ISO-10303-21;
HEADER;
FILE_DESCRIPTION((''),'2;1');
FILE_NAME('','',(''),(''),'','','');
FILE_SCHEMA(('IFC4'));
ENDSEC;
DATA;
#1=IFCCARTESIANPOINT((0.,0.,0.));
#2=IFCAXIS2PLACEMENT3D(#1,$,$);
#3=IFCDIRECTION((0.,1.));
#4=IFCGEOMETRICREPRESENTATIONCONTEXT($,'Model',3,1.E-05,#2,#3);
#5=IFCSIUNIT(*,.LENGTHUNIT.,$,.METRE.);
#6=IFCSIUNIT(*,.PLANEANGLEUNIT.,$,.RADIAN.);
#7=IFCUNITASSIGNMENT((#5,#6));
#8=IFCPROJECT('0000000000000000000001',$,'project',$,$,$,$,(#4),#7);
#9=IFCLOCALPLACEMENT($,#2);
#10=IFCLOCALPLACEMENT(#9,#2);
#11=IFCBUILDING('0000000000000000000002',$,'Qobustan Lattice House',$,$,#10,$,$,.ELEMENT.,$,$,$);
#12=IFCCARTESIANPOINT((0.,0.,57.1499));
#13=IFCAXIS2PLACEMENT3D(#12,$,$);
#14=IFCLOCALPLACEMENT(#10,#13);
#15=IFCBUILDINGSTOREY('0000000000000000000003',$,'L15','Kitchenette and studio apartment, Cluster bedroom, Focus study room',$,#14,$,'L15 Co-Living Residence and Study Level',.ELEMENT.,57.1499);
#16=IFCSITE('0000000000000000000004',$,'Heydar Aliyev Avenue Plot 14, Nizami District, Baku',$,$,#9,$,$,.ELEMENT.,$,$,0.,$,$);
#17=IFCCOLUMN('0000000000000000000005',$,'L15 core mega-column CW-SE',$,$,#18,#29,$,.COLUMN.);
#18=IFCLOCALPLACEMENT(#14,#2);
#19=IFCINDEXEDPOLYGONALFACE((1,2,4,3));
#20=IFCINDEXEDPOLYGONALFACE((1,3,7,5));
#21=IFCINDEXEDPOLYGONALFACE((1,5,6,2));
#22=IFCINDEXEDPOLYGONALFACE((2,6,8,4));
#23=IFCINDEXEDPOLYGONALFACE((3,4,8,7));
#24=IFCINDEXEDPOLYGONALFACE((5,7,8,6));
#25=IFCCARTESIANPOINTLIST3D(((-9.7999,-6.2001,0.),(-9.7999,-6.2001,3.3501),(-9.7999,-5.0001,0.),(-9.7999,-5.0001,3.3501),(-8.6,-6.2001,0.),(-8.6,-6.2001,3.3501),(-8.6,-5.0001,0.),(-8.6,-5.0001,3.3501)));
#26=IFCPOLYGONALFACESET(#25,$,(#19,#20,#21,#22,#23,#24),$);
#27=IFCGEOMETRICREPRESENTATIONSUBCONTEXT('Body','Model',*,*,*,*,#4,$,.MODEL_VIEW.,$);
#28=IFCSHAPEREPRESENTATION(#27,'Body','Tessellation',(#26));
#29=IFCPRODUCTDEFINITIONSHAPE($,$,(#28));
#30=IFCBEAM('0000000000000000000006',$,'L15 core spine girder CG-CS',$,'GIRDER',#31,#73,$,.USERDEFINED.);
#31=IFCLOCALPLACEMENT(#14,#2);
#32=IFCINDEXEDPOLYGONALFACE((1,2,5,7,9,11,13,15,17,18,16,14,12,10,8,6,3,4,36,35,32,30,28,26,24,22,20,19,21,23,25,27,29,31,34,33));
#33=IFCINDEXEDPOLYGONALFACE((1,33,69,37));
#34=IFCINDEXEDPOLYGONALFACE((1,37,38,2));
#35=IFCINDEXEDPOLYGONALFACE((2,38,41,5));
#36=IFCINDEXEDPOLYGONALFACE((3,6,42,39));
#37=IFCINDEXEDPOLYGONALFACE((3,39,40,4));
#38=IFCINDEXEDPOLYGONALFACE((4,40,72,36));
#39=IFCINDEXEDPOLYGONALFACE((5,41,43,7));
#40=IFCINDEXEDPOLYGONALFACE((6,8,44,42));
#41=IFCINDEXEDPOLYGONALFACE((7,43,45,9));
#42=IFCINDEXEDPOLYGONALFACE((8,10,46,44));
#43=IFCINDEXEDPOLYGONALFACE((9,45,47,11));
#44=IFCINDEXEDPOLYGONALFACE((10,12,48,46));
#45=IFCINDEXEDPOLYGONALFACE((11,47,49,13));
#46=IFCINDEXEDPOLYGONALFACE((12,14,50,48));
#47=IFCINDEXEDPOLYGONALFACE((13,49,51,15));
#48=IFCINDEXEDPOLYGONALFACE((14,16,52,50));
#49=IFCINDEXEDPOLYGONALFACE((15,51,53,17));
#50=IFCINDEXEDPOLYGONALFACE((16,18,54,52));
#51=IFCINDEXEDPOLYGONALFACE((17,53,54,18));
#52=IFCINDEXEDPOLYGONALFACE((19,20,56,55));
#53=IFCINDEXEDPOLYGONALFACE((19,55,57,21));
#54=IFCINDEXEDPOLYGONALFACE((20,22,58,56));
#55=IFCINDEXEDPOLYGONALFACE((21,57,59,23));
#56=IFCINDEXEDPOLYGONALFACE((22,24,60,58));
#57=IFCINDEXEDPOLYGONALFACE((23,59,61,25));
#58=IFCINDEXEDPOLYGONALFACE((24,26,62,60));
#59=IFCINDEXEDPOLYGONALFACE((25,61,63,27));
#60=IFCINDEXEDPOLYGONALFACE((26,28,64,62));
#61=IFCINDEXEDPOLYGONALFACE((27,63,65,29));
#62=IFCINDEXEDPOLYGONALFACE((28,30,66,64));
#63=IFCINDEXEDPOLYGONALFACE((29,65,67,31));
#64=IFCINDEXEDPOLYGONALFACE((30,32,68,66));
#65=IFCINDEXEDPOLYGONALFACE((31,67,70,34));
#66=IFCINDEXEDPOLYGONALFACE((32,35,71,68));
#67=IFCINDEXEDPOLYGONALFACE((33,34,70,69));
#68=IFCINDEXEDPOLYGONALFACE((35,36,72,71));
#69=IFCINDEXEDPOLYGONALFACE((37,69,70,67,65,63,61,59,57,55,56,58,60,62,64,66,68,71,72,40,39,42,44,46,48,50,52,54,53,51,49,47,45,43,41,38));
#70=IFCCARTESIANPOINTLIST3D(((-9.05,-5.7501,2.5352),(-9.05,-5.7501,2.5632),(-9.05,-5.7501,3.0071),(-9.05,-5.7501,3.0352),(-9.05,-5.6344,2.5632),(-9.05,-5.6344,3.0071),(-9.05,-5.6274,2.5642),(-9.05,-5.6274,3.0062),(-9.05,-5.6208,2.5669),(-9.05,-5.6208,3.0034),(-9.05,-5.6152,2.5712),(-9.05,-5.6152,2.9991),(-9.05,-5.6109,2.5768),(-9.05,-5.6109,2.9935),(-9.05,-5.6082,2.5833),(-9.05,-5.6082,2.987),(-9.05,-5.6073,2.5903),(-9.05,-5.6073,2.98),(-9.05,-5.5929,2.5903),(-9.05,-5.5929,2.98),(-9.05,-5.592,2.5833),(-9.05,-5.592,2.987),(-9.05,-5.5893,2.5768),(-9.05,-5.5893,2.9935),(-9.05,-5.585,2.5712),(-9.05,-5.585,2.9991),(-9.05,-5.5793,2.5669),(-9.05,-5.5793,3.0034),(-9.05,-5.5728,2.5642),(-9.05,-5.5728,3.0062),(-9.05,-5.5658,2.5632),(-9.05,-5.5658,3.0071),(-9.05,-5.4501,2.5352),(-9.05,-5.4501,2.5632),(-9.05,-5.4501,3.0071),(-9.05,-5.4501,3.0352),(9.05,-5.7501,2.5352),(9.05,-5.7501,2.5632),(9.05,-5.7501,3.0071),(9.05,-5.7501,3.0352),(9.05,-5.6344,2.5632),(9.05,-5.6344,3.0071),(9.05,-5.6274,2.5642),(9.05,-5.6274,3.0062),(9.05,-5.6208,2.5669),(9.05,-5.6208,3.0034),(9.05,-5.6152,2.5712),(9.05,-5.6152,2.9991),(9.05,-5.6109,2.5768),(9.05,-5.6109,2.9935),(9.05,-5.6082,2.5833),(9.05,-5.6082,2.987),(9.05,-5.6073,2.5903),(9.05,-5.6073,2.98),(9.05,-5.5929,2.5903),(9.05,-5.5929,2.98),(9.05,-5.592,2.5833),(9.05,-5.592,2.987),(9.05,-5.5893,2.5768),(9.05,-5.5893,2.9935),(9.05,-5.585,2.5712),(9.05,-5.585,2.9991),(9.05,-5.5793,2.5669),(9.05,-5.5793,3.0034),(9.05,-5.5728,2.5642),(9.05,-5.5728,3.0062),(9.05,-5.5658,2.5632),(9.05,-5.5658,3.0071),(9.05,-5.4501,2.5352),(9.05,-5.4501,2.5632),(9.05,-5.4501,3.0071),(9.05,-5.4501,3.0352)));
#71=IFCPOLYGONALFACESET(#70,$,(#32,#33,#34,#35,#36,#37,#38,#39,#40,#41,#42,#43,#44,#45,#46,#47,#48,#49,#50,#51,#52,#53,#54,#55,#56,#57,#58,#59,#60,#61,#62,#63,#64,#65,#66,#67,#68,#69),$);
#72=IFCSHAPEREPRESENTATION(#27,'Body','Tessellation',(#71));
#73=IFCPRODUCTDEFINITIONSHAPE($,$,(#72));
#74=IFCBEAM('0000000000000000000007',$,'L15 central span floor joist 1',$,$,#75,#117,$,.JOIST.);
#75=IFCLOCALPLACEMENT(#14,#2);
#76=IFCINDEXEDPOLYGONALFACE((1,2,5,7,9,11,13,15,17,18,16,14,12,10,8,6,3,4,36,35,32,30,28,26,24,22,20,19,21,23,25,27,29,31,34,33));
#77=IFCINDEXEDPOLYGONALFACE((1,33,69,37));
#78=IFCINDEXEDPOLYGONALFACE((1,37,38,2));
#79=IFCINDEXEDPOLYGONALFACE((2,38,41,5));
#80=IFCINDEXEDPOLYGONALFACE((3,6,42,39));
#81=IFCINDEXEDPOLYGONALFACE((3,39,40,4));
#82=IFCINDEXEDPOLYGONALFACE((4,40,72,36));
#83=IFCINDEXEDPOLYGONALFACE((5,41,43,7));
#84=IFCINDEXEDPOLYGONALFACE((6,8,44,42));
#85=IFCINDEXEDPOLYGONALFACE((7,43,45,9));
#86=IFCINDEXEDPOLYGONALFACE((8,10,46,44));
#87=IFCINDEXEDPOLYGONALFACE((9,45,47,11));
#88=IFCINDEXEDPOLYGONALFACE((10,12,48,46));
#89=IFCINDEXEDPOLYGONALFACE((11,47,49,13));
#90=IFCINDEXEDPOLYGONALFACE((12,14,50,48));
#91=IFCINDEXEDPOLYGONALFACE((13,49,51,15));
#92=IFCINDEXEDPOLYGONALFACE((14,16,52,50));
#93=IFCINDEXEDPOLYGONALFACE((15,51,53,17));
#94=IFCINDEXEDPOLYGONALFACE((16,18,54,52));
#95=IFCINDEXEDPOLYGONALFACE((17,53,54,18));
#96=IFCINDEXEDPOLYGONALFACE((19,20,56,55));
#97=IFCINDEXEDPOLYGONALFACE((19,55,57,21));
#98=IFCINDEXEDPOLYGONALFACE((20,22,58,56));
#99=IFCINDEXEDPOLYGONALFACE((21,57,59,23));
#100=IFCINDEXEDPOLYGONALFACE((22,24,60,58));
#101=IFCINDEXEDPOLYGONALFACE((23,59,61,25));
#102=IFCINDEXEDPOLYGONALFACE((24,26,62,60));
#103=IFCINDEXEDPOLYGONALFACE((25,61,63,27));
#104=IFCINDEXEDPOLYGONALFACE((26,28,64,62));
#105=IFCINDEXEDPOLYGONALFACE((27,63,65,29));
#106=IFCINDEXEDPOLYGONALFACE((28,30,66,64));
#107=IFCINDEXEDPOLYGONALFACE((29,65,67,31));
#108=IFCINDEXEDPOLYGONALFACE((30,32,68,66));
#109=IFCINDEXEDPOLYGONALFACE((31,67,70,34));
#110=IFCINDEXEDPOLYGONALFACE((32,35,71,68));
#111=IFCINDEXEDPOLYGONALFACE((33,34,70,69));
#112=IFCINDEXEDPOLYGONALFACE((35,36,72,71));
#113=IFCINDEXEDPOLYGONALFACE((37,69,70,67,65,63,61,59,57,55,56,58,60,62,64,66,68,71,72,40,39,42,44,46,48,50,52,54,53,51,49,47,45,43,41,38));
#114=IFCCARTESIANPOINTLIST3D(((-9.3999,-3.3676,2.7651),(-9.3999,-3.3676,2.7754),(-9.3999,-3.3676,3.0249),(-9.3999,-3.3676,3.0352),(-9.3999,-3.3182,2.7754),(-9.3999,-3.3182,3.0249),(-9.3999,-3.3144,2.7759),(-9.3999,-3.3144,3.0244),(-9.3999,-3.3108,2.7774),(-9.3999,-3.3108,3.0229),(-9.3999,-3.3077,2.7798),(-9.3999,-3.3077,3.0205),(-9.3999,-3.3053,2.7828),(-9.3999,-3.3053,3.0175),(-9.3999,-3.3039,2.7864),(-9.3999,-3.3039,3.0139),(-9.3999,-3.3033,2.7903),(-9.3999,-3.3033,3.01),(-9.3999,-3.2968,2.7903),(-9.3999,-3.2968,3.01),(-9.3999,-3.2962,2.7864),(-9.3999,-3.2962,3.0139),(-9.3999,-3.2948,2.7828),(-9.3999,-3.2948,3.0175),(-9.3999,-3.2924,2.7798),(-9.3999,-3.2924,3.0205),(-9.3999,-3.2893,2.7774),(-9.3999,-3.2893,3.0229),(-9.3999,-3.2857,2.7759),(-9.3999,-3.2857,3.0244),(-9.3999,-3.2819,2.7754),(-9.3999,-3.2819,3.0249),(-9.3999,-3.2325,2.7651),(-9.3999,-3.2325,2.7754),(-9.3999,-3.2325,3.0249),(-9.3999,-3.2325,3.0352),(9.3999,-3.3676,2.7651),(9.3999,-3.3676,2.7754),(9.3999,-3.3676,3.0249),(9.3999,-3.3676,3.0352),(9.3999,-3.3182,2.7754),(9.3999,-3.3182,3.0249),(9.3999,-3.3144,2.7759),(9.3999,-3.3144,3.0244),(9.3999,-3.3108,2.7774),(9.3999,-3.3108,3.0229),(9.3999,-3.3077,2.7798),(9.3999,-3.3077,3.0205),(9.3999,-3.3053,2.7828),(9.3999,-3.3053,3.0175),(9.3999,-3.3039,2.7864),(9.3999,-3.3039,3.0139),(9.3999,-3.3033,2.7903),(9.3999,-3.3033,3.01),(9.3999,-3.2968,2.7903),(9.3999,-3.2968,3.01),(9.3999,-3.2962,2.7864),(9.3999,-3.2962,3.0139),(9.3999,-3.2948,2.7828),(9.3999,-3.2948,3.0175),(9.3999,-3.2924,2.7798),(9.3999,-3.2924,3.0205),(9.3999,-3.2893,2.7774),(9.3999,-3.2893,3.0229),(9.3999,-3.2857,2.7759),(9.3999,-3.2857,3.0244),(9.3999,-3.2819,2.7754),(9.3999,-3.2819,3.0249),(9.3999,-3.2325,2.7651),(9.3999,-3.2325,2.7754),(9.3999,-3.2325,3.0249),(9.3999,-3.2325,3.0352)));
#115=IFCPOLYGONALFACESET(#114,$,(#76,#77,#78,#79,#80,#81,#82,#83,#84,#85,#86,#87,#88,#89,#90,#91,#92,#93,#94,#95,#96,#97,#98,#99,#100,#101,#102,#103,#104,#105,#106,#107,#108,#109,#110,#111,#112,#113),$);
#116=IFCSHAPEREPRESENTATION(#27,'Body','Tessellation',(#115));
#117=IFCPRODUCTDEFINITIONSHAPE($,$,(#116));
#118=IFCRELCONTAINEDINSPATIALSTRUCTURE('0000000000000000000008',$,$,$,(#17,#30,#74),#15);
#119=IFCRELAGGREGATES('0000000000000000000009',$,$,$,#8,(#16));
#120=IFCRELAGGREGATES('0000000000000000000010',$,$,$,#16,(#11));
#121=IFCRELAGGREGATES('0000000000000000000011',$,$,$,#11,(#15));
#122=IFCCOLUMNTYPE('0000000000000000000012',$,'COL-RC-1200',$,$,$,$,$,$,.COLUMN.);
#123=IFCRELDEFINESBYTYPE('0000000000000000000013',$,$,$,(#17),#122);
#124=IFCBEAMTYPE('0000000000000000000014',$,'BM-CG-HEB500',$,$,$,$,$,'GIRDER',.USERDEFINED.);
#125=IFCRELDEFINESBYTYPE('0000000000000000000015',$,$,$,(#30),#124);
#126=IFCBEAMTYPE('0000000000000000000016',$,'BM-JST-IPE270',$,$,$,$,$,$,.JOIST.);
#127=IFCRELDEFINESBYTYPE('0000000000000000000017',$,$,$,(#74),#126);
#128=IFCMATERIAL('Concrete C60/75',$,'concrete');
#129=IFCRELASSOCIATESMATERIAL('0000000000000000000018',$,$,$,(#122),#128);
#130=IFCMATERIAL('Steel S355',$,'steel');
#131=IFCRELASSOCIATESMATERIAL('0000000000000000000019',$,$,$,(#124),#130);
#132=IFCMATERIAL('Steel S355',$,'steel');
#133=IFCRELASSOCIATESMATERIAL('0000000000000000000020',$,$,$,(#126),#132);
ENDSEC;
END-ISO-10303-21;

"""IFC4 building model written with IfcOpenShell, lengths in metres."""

from ifc_helpers import new_model, si_unit, direction, frame, origin, origin_2d, place, context, subcontext, project, spatial, rectangle, i_section, extrude, material, material_profile, profile_set, type_object, element, save


model = new_model("IFC4")

# Units and contexts
model_context = context("Model", 3, precision=1e-05, world=origin(), true_north=direction((0.0, 1.0)))
body_context = subcontext(model_context, "Body", "Model", "MODEL_VIEW")
ifc_project = project(units=[si_unit("LENGTHUNIT", "METRE"), si_unit("PLANEANGLEUNIT", "RADIAN")], contexts=[model_context])

# Site, building, storey
site_placement = place(None, origin())
site = spatial("IfcSite", under=ifc_project, at=site_placement, Name="Heydar Aliyev Avenue Plot 14, Nizami District, Baku", CompositionType="ELEMENT", RefElevation=0.0)
building_placement = place(site_placement, origin())
building = spatial("IfcBuilding", under=site, at=building_placement, Name="Qobustan Lattice House", CompositionType="ELEMENT")
storey_placement = place(building_placement, frame((0.0, 0.0, 57.1499)))
storey = spatial("IfcBuildingStorey", under=building, at=storey_placement, Name="L15", Description="Kitchenette and studio apartment, Cluster bedroom, Focus study room", LongName="L15 Co-Living Residence and Study Level", CompositionType="ELEMENT", Elevation=57.1499)

# Column
ifc_material_1 = material(Name="Concrete C60/75", Category="concrete")
ifc_material_profile_1 = material_profile(ifc_material_1, rectangle(XDim=1.2, YDim=1.2, at=origin_2d()), Name="RC1200x1200")
ifc_profile_set_1 = profile_set([ifc_material_profile_1], Name="Concrete C60/75")
column_type = type_object("IfcColumnType", Name="COL-RC-1200", PredefinedType="COLUMN", material=ifc_profile_set_1)
column_placement = place(storey_placement, frame((-9.2, -5.6001, 0.0), z_axis=(0.0, 0.0, 1.0), x_axis=(1.0, 0.0, 0.0)))
element("IfcColumn", 1, at=column_placement, inside=storey, type_object=column_type, Name="L15 core mega-column CW-SE", PredefinedType="COLUMN", context=body_context, shape_type="SweptSolid", body=[
    extrude(rectangle(XDim=1.2, YDim=1.2, at=origin_2d()), origin(), (0.0, 0.0, 1.0), 3.3501),
])

# Beams
ifc_material_2 = material(Name="Steel S355", Category="steel")
ifc_material_profile_2 = material_profile(ifc_material_2, i_section(OverallWidth=0.3, OverallDepth=0.5, WebThickness=0.0144, FlangeThickness=0.0281, FilletRadius=0.0271, at=origin_2d()), Name="HEB500")
ifc_profile_set_2 = profile_set([ifc_material_profile_2], Name="Steel S355")
beam_type_1 = type_object("IfcBeamType", Name="BM-CG-HEB500", ElementType="GIRDER", PredefinedType="USERDEFINED", material=ifc_profile_set_2)
beam_1_placement = place(storey_placement, frame((-9.05, -5.6001, 2.7852), z_axis=(1.0, 0.0, 0.0), x_axis=(0.0, 1.0, 0.0)))
element("IfcBeam", 2, at=beam_1_placement, inside=storey, type_object=beam_type_1, Name="L15 core spine girder CG-CS", ObjectType="GIRDER", PredefinedType="USERDEFINED", context=body_context, shape_type="SweptSolid", body=[
    extrude(i_section(OverallWidth=0.3, OverallDepth=0.5, WebThickness=0.0144, FlangeThickness=0.0281, FilletRadius=0.0271, at=origin_2d()), origin(), (0.0, 0.0, 1.0), 18.1001),
])
ifc_material_3 = material(Name="Steel S355", Category="steel")
ifc_material_profile_3 = material_profile(ifc_material_3, i_section(OverallWidth=0.135, OverallDepth=0.27, WebThickness=0.0066, FlangeThickness=0.0103, FilletRadius=0.0149, at=origin_2d()), Name="IPE270")
ifc_profile_set_3 = profile_set([ifc_material_profile_3], Name="Steel S355")
beam_type_2 = type_object("IfcBeamType", Name="BM-JST-IPE270", PredefinedType="JOIST", material=ifc_profile_set_3)
beam_2_placement = place(storey_placement, frame((-9.3999, -3.3, 2.9001), z_axis=(1.0, 0.0, 0.0), x_axis=(0.0, 1.0, 0.0)))
element("IfcBeam", 3, at=beam_2_placement, inside=storey, type_object=beam_type_2, Name="L15 central span floor joist 1", PredefinedType="JOIST", context=body_context, shape_type="SweptSolid", body=[
    extrude(i_section(OverallWidth=0.135, OverallDepth=0.27, WebThickness=0.0066, FlangeThickness=0.0103, FilletRadius=0.0149, at=origin_2d()), origin(), (0.0, 0.0, 1.0), 18.7998),
])

save(model, "model.ifc")
